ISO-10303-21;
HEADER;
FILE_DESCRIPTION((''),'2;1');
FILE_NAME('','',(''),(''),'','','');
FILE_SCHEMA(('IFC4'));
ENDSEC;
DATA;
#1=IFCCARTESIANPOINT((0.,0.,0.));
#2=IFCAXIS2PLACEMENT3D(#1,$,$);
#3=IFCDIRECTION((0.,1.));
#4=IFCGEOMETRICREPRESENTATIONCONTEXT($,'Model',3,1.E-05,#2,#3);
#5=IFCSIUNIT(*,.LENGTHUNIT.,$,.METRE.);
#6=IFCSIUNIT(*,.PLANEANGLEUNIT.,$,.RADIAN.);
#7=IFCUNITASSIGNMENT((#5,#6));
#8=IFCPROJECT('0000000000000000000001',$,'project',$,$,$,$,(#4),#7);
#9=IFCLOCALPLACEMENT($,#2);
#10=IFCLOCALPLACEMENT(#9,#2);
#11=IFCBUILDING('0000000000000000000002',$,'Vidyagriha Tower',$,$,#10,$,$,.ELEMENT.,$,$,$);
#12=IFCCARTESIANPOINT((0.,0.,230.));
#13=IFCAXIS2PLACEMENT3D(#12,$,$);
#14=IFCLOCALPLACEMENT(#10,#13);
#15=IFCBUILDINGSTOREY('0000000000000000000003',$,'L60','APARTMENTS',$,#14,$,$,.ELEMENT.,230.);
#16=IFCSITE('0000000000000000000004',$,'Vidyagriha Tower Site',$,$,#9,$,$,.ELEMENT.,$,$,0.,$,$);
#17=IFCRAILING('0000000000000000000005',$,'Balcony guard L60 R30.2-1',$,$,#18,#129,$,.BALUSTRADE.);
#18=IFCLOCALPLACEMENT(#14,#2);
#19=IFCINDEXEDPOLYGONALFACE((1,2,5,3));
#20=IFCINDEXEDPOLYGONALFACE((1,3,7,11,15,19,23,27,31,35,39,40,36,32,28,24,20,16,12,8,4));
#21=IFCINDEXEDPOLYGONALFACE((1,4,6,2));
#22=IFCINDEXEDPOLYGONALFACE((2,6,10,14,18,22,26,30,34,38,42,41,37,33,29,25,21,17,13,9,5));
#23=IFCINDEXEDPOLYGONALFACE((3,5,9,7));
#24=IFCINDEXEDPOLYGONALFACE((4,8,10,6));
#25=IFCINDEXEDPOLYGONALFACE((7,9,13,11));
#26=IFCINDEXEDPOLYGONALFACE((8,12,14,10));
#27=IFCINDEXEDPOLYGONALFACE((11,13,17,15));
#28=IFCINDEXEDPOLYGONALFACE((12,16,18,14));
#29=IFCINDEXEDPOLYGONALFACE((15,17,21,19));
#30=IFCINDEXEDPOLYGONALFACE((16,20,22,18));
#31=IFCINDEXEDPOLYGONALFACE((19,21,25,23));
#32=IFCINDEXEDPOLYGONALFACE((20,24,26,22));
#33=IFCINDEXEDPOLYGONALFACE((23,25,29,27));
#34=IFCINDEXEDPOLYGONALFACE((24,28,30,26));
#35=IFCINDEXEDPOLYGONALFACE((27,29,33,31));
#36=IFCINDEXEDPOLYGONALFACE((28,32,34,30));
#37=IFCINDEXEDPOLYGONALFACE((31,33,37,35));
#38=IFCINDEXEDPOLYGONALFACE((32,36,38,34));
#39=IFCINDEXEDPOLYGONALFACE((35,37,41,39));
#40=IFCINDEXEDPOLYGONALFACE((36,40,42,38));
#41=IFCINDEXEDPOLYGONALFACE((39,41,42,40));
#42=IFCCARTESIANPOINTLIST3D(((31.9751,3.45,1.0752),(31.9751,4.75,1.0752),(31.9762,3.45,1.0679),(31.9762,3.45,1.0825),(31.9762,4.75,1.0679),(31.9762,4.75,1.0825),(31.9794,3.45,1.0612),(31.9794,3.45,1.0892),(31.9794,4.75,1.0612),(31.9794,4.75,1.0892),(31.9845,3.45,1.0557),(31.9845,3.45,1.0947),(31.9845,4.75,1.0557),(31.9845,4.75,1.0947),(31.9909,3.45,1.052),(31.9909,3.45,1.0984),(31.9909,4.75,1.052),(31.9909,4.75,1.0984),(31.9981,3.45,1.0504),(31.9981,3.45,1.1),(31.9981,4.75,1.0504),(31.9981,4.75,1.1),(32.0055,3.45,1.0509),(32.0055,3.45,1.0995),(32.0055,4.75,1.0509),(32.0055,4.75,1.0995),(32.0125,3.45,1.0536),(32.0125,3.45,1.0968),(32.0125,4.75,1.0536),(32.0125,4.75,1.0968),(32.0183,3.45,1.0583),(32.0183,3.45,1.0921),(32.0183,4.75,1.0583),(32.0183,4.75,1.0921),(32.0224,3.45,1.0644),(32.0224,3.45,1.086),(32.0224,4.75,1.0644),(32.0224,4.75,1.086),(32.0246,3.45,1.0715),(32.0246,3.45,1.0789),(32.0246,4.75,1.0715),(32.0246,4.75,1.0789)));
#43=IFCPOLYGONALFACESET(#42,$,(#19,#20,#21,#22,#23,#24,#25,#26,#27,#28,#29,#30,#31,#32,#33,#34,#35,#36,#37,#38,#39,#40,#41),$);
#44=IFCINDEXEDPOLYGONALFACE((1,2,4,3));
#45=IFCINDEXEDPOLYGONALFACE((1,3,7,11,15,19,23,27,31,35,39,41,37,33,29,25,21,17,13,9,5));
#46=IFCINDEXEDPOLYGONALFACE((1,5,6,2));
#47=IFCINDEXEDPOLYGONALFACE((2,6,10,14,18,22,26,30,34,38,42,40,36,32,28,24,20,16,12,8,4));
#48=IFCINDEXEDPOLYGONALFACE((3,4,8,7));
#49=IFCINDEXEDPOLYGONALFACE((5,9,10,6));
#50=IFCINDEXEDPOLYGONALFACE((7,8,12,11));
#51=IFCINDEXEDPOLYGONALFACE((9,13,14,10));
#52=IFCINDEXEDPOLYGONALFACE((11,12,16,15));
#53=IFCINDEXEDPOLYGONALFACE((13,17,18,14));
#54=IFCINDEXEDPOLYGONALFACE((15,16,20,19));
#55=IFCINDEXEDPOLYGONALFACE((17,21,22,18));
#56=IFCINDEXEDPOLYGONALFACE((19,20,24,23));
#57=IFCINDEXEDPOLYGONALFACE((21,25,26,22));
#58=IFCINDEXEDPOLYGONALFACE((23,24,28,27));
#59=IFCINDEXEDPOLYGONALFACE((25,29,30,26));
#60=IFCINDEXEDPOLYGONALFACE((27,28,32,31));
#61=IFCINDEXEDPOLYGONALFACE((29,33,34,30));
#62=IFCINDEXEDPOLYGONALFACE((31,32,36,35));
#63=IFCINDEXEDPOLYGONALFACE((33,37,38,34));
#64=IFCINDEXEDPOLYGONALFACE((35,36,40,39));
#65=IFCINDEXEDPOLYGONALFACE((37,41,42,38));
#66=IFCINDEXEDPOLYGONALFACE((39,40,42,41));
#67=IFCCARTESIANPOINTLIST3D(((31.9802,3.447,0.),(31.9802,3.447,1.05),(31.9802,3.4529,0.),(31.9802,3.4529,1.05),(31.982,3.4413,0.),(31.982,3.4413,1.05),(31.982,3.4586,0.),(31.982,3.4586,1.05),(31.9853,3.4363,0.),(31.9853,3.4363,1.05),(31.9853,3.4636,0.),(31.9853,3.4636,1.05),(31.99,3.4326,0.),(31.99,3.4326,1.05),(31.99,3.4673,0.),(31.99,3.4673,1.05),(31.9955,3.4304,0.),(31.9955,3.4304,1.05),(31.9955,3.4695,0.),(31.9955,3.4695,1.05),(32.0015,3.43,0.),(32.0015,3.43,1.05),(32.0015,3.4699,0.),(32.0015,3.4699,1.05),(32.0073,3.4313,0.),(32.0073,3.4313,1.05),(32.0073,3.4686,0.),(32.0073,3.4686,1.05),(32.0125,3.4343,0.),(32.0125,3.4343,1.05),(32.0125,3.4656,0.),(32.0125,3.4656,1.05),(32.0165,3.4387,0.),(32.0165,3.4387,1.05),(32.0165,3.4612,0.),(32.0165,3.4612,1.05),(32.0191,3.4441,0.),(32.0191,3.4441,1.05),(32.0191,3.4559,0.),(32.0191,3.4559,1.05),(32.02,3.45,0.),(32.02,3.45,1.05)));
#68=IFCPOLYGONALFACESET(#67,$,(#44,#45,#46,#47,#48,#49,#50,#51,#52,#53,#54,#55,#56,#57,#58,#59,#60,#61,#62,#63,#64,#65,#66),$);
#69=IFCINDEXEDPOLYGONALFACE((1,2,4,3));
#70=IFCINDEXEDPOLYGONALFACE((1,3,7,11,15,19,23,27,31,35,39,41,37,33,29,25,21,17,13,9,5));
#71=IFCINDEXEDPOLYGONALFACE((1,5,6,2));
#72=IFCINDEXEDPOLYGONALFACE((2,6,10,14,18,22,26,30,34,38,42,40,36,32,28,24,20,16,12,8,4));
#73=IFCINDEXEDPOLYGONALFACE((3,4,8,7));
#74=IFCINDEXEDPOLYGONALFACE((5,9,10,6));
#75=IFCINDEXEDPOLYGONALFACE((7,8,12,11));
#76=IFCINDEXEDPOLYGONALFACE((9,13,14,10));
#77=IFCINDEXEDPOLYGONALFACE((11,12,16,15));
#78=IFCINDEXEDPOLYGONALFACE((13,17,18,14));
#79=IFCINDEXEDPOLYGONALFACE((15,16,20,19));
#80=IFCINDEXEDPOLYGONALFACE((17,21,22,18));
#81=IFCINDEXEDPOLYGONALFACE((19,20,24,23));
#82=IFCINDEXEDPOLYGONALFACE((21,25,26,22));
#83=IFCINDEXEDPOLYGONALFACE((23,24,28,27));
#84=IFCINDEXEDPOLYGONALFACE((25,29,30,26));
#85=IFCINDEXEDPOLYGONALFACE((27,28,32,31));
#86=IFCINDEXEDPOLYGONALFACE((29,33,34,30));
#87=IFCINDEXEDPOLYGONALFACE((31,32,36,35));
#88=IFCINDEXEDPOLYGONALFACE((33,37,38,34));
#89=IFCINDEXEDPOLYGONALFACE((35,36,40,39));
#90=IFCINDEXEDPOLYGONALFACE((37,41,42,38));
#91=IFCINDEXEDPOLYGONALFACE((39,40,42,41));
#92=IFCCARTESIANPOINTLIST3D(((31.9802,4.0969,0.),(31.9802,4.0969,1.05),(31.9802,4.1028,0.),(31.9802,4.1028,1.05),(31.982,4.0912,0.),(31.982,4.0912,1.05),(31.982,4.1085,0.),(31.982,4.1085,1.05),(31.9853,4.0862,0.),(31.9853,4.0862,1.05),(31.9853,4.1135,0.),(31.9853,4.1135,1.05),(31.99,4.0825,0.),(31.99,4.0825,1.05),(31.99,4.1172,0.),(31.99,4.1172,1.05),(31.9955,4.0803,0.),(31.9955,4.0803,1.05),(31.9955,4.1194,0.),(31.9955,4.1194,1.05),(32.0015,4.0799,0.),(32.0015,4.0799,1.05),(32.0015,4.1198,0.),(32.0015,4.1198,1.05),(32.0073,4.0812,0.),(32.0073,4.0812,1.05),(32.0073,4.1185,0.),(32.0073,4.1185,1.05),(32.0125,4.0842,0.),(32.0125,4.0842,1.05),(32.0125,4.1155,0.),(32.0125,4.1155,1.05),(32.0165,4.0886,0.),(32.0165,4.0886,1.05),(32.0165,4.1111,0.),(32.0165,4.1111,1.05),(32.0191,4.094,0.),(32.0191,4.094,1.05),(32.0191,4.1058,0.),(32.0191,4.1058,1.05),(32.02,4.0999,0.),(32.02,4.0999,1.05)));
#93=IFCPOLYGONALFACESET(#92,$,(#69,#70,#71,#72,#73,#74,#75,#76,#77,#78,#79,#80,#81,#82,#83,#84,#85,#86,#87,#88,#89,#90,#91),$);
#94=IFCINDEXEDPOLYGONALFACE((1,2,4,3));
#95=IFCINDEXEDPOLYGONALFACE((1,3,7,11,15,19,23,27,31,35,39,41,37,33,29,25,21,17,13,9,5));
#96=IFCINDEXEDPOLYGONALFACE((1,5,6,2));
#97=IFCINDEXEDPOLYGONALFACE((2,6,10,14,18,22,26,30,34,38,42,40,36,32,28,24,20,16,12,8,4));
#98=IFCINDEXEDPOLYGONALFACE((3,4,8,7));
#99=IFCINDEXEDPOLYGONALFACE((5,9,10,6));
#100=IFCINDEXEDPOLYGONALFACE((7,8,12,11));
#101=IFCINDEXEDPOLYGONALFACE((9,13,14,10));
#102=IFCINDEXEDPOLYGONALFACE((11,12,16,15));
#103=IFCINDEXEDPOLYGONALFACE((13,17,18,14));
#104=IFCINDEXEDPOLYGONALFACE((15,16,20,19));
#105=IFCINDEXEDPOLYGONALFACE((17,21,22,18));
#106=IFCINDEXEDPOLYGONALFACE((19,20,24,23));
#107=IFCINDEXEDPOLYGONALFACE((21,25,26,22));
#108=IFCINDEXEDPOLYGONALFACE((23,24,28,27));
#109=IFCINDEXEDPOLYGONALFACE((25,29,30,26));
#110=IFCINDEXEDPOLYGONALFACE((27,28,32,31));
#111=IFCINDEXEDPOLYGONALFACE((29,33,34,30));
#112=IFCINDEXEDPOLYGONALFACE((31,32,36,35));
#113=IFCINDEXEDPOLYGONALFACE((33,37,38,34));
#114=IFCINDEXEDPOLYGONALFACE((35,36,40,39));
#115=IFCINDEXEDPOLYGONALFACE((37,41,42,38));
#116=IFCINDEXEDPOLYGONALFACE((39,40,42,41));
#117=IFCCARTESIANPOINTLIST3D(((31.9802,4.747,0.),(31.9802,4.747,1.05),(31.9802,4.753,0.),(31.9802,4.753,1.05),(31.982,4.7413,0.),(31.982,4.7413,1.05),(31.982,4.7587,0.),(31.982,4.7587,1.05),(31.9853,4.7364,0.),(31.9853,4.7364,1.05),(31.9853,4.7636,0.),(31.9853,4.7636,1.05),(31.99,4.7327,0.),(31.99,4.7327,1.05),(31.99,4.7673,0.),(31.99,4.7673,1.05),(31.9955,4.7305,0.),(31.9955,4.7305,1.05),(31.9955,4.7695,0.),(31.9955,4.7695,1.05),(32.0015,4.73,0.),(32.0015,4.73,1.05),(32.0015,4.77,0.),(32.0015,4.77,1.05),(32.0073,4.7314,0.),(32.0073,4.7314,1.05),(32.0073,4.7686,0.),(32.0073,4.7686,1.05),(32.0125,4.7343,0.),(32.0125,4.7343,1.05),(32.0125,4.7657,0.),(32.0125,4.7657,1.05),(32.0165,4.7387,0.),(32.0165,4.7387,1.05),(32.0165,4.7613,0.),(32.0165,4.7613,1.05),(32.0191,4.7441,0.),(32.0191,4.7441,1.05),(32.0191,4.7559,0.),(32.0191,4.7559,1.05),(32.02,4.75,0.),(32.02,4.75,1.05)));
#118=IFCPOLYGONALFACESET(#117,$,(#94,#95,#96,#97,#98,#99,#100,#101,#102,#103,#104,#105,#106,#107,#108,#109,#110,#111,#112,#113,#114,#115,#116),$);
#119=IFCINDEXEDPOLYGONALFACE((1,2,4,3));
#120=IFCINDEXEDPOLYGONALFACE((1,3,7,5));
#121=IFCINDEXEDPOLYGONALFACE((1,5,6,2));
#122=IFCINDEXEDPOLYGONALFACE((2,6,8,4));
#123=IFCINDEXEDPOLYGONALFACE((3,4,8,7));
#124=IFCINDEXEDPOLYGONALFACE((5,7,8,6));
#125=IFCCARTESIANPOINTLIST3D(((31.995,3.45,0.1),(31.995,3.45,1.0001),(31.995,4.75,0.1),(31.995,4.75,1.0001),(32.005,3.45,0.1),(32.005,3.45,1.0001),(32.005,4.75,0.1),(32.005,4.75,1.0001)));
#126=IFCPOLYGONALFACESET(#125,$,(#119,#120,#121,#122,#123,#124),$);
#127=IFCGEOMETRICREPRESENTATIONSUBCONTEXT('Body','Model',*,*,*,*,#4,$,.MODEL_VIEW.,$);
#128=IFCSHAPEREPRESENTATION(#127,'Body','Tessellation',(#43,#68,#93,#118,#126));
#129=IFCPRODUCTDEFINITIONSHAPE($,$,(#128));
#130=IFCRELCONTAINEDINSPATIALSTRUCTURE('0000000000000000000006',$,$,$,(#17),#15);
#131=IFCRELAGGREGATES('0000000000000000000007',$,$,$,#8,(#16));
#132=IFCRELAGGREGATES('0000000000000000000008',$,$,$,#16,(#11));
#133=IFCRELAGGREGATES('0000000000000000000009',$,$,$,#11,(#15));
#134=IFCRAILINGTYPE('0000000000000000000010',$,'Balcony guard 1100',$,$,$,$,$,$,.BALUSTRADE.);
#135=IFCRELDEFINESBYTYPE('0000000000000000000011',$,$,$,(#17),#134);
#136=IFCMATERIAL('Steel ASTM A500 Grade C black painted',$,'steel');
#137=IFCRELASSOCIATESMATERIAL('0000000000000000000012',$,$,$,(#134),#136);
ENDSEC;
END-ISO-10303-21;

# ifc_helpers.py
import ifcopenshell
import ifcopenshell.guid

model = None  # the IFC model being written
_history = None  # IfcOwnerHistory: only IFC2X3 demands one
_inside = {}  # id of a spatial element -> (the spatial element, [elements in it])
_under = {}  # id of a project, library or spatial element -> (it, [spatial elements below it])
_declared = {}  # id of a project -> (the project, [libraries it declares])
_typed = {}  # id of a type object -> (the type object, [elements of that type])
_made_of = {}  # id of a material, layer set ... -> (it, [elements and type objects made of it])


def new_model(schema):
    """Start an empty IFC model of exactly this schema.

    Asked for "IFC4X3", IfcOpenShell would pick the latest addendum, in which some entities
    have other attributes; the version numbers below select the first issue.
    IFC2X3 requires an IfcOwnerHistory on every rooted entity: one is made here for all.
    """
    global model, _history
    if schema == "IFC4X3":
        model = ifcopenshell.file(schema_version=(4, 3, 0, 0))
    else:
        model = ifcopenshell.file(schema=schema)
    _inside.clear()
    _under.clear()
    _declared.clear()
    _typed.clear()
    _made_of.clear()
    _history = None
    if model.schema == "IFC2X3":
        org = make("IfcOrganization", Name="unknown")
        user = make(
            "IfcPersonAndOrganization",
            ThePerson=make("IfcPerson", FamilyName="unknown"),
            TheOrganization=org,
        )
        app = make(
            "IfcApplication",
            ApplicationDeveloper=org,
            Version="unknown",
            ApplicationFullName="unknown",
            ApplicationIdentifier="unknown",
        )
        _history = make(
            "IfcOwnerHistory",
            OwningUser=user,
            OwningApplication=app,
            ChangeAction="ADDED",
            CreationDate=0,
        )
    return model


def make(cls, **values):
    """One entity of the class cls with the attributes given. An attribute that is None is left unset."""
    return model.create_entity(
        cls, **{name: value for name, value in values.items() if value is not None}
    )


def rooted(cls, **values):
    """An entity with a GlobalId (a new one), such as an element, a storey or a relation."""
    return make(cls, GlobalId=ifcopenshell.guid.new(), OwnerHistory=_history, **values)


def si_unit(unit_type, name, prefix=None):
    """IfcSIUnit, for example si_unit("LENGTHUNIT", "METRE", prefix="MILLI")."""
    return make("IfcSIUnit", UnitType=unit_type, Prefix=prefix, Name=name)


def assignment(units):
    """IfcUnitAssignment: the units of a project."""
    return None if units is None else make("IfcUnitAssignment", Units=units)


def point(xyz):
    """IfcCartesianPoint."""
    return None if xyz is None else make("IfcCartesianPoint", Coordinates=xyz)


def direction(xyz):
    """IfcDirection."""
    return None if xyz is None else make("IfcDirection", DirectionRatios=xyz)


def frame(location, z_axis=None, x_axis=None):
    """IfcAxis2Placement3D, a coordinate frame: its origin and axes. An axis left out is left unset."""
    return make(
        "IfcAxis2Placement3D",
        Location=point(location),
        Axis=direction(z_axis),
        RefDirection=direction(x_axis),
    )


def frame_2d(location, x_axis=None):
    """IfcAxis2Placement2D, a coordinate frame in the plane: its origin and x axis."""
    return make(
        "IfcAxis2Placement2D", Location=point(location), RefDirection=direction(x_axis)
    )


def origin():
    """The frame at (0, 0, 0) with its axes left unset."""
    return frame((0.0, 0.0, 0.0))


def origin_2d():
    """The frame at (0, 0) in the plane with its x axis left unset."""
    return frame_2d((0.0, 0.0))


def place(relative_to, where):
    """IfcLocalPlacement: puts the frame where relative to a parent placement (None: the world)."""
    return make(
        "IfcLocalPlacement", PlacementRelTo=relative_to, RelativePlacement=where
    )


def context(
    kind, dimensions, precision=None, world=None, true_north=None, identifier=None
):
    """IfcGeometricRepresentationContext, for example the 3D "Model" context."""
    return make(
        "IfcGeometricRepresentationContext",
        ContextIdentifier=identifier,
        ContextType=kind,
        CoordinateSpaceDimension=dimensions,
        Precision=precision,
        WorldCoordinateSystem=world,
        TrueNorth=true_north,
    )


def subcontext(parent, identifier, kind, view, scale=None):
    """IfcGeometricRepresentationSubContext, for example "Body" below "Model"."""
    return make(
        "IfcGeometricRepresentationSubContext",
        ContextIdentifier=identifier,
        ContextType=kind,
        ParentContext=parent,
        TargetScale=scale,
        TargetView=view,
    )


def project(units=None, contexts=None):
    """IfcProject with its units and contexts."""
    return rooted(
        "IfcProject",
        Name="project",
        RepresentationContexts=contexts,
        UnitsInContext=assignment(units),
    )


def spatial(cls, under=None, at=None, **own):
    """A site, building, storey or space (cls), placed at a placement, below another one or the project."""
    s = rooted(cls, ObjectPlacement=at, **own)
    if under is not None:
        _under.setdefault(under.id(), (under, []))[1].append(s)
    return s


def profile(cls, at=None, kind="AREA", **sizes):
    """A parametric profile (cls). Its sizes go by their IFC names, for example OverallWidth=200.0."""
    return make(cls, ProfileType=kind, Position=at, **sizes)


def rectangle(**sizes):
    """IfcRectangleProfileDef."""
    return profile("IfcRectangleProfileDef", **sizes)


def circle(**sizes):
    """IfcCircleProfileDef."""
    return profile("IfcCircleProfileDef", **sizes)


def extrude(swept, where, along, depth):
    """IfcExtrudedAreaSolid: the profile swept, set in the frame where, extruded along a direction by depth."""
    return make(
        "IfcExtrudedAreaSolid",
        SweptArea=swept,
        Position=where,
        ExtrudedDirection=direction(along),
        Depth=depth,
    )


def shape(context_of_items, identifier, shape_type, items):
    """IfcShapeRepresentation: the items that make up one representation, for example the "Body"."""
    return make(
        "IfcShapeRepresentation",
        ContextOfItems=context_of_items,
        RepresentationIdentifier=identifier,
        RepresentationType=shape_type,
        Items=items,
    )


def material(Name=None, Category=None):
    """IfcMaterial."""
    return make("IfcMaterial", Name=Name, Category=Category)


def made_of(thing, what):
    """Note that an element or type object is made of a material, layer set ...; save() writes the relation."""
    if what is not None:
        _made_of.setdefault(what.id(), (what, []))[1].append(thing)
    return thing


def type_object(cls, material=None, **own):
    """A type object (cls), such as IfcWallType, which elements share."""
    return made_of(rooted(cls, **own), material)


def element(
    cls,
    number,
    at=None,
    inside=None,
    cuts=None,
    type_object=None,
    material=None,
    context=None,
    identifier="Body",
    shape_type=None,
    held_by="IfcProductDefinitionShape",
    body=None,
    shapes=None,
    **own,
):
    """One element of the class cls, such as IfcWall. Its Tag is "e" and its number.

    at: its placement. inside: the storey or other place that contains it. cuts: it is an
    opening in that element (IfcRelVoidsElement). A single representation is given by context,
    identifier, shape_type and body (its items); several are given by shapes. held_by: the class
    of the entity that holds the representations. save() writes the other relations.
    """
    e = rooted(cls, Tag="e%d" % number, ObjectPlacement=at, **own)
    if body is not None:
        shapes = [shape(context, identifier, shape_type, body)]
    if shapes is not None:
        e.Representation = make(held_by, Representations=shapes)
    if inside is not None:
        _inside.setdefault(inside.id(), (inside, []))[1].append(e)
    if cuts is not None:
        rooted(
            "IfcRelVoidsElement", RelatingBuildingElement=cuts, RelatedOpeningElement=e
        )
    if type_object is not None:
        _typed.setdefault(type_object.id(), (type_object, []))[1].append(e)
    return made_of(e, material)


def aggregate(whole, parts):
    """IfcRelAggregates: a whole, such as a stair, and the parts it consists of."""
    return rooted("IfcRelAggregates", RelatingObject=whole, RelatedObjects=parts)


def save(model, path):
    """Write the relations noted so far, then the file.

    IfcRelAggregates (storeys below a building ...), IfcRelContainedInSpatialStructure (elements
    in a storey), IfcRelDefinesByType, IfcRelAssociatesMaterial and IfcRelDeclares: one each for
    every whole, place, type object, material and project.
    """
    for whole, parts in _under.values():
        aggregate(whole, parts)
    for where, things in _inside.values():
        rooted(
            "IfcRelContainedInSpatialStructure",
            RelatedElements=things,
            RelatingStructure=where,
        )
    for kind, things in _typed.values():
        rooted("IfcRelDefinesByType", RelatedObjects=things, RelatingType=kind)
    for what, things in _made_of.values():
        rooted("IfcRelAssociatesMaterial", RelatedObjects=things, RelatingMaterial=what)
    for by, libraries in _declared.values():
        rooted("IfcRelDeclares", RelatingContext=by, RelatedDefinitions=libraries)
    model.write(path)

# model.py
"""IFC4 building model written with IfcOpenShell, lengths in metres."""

from ifc_helpers import new_model, si_unit, direction, frame, origin, origin_2d, place, context, subcontext, project, spatial, rectangle, circle, extrude, material, type_object, element, save


model = new_model("IFC4")

# Units and contexts
model_context = context("Model", 3, precision=1e-05, world=origin(), true_north=direction((0.0, 1.0)))
body_context = subcontext(model_context, "Body", "Model", "MODEL_VIEW")
ifc_project = project(units=[si_unit("LENGTHUNIT", "METRE"), si_unit("PLANEANGLEUNIT", "RADIAN")], contexts=[model_context])

# Site, building, storey
site_placement = place(None, origin())
site = spatial("IfcSite", under=ifc_project, at=site_placement, Name="Vidyagriha Tower Site", CompositionType="ELEMENT", RefElevation=0.0)
building_placement = place(site_placement, origin())
building = spatial("IfcBuilding", under=site, at=building_placement, Name="Vidyagriha Tower", CompositionType="ELEMENT")
storey_placement = place(building_placement, frame((0.0, 0.0, 230.0)))
storey = spatial("IfcBuildingStorey", under=building, at=storey_placement, Name="L60", Description="APARTMENTS", CompositionType="ELEMENT", Elevation=230.0)

# Railing
ifc_material_1 = material(Name="Steel ASTM A500 Grade C black painted", Category="steel")
railing_type_1 = type_object("IfcRailingType", Name="Balcony guard 1100", PredefinedType="BALUSTRADE", material=ifc_material_1)
railing_1_placement = place(storey_placement, frame((32.0, 3.45, 0.0)))
element("IfcRailing", 1, at=railing_1_placement, inside=storey, type_object=railing_type_1, Name="Balcony guard L60 R30.2-1", PredefinedType="BALUSTRADE", context=body_context, shape_type="SweptSolid", body=[
    extrude(circle(Radius=0.0249, at=origin_2d()), frame((0.0, 0.0, 1.0752), z_axis=(0.0, 1.0, 0.0), x_axis=(-1.0, 0.0, 0.0)), (0.0, 0.0, 1.0), 1.3),
    extrude(circle(Radius=0.02, at=origin_2d()), origin(), (0.0, 0.0, 1.0), 1.05),
    extrude(circle(Radius=0.02, at=origin_2d()), frame((0.0, 0.6499, 0.0)), (0.0, 0.0, 1.0), 1.05),
    extrude(circle(Radius=0.02, at=origin_2d()), frame((0.0, 1.3, 0.0)), (0.0, 0.0, 1.0), 1.05),
    extrude(rectangle(XDim=0.01, YDim=0.9001, at=origin_2d()), frame((0.0, 0.0, 0.55), z_axis=(0.0, 1.0, 0.0), x_axis=(-1.0, 0.0, 0.0)), (0.0, 0.0, 1.0), 1.3),
])

save(model, "model.ifc")
